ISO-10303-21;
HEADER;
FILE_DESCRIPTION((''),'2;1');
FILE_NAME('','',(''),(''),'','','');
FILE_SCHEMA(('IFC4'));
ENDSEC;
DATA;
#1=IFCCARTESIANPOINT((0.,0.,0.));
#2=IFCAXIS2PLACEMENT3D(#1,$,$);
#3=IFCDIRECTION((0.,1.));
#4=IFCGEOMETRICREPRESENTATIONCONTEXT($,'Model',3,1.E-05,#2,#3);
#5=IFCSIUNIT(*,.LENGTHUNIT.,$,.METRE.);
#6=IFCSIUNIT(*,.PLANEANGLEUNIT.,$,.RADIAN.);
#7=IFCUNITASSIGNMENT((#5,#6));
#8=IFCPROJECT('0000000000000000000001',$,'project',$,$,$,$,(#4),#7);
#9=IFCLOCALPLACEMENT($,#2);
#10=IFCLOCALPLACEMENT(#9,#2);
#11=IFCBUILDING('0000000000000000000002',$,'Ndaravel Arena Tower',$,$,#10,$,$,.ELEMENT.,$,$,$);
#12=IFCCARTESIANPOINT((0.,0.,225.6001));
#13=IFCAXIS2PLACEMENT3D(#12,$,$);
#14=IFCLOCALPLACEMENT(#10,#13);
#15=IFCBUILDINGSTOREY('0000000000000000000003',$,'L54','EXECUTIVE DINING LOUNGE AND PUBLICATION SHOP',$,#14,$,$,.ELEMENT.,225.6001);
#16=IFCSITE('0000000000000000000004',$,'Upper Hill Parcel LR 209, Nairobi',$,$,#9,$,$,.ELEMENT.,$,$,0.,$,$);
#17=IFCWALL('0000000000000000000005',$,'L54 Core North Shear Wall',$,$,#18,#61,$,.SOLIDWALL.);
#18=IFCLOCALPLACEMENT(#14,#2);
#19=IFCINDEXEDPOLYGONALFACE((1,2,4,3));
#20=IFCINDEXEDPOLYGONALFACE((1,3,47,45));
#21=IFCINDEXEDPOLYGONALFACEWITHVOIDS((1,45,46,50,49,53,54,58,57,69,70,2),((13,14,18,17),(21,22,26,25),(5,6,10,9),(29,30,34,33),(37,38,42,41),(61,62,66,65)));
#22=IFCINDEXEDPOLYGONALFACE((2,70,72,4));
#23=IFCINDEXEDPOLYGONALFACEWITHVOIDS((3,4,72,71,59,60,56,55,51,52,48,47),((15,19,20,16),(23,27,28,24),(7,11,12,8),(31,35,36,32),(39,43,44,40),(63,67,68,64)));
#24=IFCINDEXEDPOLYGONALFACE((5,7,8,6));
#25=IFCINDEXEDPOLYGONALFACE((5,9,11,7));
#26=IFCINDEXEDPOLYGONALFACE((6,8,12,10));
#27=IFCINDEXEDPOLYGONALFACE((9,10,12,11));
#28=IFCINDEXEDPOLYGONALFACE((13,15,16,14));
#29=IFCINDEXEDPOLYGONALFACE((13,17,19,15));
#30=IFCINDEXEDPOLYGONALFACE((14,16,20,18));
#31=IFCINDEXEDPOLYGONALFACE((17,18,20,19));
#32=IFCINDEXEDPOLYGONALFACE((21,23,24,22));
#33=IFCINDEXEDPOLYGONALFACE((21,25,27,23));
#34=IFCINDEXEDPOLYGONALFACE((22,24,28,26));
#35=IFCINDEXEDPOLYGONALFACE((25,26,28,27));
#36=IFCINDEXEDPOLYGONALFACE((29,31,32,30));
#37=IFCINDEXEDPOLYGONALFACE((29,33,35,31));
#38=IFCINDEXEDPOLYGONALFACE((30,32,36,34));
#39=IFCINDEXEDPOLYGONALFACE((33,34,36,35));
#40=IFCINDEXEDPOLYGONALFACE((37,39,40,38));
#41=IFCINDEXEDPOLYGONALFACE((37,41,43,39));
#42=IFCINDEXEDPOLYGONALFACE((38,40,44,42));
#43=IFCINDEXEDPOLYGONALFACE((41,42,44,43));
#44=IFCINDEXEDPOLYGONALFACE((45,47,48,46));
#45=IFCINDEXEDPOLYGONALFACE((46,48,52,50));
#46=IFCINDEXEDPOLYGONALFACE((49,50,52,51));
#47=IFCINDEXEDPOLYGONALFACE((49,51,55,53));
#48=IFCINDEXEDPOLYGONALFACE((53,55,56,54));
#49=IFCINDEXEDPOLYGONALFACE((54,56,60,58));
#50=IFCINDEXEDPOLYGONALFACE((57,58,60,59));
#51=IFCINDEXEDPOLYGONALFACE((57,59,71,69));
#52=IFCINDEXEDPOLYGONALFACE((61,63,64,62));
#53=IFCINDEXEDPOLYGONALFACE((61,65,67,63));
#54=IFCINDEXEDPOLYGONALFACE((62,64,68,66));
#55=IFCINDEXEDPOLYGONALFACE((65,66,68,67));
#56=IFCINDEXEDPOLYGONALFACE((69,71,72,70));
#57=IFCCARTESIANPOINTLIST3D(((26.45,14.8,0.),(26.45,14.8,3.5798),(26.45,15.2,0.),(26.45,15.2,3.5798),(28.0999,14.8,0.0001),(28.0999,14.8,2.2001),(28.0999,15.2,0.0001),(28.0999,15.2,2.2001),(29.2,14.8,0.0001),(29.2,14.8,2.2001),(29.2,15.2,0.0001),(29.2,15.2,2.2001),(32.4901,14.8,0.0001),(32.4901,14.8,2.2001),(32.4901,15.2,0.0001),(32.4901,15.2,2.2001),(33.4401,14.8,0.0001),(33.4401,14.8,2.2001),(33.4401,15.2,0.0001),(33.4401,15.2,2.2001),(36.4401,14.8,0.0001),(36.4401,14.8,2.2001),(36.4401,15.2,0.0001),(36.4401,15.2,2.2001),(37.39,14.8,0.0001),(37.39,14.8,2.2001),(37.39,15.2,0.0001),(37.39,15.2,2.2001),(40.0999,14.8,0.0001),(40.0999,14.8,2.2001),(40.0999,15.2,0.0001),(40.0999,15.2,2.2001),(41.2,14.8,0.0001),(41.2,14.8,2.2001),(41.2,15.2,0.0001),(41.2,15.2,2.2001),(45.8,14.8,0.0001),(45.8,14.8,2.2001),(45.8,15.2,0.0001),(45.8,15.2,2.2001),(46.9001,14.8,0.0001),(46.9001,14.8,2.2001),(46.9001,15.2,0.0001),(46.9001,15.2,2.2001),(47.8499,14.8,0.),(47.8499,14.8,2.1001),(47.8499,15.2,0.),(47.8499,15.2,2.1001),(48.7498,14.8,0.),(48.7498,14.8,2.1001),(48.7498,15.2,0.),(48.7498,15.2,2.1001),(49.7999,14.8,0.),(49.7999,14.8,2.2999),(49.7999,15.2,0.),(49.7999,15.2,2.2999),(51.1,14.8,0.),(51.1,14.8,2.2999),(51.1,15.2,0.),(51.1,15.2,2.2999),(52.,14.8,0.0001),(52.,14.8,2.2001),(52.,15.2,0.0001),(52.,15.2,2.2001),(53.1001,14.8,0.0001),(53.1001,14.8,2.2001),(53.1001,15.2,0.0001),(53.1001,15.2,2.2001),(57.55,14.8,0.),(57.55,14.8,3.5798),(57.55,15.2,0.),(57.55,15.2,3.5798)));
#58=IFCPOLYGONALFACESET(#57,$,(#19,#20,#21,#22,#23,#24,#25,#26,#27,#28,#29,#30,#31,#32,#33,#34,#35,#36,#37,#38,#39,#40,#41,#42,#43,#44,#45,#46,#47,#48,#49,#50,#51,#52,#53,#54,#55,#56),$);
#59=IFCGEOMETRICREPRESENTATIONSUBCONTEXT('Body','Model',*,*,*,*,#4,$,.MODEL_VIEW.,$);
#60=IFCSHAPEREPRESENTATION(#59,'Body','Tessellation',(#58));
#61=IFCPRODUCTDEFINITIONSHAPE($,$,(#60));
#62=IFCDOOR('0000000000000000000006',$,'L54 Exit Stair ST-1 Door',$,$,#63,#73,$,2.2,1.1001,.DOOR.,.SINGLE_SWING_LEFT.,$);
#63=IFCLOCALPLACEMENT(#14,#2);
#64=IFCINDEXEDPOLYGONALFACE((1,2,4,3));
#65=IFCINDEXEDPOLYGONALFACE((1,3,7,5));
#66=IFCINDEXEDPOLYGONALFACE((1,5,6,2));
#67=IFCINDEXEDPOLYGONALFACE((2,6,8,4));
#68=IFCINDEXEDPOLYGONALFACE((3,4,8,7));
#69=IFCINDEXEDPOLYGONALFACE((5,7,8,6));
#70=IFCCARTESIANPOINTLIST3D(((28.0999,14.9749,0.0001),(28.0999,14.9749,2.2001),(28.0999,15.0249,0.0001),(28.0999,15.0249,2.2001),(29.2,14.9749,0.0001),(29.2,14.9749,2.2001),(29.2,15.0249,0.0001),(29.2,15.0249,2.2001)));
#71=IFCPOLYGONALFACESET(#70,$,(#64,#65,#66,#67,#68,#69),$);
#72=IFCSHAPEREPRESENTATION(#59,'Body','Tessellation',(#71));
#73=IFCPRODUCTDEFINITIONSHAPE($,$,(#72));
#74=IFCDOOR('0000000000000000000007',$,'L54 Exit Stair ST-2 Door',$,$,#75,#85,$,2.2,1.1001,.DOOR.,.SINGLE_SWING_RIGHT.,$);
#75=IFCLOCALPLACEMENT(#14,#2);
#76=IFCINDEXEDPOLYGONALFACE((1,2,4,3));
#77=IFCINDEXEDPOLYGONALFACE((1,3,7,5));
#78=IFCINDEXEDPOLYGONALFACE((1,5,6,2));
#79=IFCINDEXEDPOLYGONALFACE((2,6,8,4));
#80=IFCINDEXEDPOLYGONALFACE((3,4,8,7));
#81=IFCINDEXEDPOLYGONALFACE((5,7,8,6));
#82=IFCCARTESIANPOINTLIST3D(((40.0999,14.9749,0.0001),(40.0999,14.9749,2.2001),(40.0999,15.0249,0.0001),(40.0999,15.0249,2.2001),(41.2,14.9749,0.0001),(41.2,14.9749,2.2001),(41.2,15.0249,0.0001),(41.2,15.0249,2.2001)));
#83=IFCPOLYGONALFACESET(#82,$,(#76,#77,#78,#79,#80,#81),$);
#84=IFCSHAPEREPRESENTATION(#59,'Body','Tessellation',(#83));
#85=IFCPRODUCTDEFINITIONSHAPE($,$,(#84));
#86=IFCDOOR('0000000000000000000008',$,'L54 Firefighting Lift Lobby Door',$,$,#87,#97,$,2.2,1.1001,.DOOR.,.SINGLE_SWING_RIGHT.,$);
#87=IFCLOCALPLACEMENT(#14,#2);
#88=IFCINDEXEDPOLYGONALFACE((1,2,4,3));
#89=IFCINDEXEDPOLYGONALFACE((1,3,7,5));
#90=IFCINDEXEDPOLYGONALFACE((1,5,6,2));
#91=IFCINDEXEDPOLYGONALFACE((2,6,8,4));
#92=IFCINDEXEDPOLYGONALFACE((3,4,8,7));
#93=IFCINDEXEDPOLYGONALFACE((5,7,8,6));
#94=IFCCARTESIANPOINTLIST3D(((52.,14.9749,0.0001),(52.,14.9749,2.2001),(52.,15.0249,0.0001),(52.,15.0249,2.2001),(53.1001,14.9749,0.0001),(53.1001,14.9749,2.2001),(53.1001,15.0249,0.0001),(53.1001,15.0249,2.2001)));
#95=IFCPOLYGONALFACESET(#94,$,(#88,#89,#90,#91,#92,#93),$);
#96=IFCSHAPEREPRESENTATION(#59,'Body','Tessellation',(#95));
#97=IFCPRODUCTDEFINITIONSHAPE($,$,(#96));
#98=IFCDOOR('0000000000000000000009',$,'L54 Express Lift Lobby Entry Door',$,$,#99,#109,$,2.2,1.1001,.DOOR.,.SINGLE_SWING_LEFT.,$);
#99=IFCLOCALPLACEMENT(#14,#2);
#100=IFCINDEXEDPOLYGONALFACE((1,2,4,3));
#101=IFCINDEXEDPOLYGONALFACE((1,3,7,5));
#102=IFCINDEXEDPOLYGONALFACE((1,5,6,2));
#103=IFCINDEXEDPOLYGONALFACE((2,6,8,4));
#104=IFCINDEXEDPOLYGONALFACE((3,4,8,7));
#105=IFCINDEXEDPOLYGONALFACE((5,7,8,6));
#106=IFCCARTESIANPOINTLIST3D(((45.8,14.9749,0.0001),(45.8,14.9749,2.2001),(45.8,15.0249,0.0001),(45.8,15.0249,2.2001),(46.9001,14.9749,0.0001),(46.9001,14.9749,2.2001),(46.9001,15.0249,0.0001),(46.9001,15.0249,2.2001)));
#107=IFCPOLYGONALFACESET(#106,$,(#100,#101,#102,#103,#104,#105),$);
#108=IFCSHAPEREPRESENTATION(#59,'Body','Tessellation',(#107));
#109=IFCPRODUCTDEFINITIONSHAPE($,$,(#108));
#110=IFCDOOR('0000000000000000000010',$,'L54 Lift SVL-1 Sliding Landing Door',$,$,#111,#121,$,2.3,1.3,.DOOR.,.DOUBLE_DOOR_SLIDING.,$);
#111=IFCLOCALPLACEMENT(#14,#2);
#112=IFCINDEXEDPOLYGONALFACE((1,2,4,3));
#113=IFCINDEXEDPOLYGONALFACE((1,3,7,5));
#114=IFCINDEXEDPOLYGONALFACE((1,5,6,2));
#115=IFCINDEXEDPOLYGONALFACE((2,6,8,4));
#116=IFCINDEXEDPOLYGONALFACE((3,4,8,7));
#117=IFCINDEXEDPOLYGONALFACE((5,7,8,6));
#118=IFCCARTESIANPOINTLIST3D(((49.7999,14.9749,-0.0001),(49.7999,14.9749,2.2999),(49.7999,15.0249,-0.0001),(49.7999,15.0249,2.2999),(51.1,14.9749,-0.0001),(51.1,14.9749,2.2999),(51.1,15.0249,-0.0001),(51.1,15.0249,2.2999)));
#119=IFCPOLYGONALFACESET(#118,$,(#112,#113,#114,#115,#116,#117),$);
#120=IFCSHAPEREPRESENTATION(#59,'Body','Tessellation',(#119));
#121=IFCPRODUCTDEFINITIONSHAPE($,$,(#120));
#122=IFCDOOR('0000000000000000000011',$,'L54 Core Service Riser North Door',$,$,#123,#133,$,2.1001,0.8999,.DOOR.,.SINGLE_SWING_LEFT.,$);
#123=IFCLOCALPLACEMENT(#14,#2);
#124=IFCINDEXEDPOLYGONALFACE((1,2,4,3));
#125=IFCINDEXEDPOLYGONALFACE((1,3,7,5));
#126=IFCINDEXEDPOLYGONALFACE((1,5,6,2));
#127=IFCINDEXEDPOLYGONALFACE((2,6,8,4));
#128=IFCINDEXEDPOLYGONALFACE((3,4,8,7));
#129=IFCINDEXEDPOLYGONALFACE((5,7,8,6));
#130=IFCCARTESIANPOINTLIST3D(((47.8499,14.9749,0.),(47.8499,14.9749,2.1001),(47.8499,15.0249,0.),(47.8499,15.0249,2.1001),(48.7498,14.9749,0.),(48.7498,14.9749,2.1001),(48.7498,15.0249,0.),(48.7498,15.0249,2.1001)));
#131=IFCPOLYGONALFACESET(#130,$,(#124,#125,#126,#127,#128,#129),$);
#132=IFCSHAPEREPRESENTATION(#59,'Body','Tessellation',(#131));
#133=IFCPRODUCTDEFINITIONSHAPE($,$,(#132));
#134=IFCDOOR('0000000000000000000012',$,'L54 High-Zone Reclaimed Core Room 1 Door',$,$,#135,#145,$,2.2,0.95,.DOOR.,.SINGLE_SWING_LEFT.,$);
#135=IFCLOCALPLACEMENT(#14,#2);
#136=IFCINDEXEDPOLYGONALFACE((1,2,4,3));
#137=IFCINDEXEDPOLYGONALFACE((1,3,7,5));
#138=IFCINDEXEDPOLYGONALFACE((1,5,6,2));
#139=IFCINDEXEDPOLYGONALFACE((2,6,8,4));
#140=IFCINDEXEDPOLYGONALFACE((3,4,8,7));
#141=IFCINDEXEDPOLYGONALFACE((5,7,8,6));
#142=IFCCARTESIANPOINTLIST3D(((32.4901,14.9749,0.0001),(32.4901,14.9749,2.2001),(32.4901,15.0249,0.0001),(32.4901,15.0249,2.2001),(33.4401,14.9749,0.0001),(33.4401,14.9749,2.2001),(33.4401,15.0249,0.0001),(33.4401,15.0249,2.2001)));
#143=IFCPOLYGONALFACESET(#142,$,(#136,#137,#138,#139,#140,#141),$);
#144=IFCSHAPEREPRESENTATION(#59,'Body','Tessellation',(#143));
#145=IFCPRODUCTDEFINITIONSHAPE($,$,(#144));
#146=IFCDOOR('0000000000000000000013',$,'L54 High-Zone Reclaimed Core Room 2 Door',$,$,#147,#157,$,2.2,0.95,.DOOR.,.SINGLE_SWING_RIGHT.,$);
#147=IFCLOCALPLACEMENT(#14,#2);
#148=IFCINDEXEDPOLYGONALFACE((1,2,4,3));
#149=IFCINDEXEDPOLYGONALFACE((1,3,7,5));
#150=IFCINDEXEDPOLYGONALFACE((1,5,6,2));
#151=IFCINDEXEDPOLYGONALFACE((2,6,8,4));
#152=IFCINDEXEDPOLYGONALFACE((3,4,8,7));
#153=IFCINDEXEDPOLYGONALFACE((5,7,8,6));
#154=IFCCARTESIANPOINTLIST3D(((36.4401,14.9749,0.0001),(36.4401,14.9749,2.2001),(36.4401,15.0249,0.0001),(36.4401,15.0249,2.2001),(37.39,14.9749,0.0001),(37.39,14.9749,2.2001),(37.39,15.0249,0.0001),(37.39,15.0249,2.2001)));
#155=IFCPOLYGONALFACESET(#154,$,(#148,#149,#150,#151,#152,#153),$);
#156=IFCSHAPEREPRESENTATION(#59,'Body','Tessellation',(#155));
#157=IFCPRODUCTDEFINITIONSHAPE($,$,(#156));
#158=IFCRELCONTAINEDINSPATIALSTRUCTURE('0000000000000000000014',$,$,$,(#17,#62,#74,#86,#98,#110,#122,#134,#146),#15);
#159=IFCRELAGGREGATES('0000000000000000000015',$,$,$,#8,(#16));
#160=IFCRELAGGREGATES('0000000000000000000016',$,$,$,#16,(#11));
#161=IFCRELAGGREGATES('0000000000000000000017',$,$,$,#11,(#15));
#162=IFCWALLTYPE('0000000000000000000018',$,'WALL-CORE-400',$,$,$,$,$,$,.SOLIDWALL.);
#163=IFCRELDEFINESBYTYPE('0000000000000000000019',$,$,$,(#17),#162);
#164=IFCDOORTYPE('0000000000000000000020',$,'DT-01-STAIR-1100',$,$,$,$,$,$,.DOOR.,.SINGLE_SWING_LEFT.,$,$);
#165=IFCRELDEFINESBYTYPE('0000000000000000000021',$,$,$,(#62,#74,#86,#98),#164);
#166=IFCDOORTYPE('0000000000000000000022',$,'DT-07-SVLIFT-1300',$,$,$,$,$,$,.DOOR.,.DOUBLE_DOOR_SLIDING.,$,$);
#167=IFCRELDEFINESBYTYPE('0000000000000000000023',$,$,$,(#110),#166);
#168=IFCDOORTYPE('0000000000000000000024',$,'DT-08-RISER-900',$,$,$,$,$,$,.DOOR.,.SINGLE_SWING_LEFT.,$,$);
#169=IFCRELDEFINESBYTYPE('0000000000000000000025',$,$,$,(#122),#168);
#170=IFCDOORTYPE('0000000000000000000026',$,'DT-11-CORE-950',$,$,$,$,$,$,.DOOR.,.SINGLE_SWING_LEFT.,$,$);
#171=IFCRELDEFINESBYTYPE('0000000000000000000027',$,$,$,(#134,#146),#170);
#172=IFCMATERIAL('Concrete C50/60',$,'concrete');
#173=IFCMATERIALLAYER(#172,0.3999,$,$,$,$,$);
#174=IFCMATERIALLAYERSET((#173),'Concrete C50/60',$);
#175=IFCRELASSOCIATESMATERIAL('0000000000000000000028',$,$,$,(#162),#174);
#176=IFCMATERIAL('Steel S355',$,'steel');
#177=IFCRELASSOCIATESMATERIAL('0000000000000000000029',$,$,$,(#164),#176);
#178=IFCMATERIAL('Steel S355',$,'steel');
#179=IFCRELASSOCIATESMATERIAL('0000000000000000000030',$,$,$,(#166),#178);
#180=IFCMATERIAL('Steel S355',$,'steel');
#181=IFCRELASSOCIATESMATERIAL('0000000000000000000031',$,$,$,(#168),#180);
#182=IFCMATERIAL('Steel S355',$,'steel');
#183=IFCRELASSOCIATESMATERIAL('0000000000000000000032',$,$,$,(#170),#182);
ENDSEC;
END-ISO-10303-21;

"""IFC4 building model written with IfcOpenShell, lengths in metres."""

from ifc_helpers import new_model, si_unit, direction, frame, frame_2d, origin, place, context, subcontext, project, spatial, rectangle, extrude, material, layer, layer_set, type_object, element, fill, save


model = new_model("IFC4")

# Units and contexts
model_context = context("Model", 3, precision=1e-05, world=origin(), true_north=direction((0.0, 1.0)))
body_context = subcontext(model_context, "Body", "Model", "MODEL_VIEW")
ifc_project = project(units=[si_unit("LENGTHUNIT", "METRE"), si_unit("PLANEANGLEUNIT", "RADIAN")], contexts=[model_context])

# Site, building, storey
site_placement = place(None, origin())
site = spatial("IfcSite", under=ifc_project, at=site_placement, Name="Upper Hill Parcel LR 209, Nairobi", CompositionType="ELEMENT", RefElevation=0.0)
building_placement = place(site_placement, origin())
building = spatial("IfcBuilding", under=site, at=building_placement, Name="Ndaravel Arena Tower", CompositionType="ELEMENT")
storey_placement = place(building_placement, frame((0.0, 0.0, 225.6001)))
storey = spatial("IfcBuildingStorey", under=building, at=storey_placement, Name="L54", Description="EXECUTIVE DINING LOUNGE AND PUBLICATION SHOP", CompositionType="ELEMENT", Elevation=225.6001)

# Wall, openings, doors
ifc_material_1 = material(Name="Concrete C50/60", Category="concrete")
ifc_layer_1 = layer(ifc_material_1, 0.3999)
ifc_layer_set_1 = layer_set([ifc_layer_1], Name="Concrete C50/60")
wall_type_1 = type_object("IfcWallType", Name="WALL-CORE-400", PredefinedType="SOLIDWALL", material=ifc_layer_set_1)
wall_1_placement = place(storey_placement, frame((26.45, 15.0, 0.0), z_axis=(0.0, 0.0, 1.0), x_axis=(1.0, 0.0, 0.0)))
wall_1 = element("IfcWall", 1, at=wall_1_placement, inside=storey, type_object=wall_type_1, Name="L54 Core North Shear Wall", PredefinedType="SOLIDWALL", context=body_context, shape_type="SweptSolid", body=[
    extrude(rectangle(XDim=31.1001, YDim=0.3999, at=frame_2d((15.55, 0.0))), origin(), (0.0, 0.0, 1.0), 3.5798),
])
opening_1_placement = place(wall_1_placement, frame((1.6499, 0.0, 0.0)))
opening_1 = element("IfcOpeningElement", 2, at=opening_1_placement, cuts=wall_1, PredefinedType="OPENING", context=body_context, shape_type="SweptSolid", body=[
    extrude(rectangle(XDim=1.1001, YDim=2.2, at=frame_2d((0.55, 1.1001))), frame((0.0, 0.2, 0.0), z_axis=(0.0, -1.0, 0.0), x_axis=(1.0, 0.0, 0.0)), (0.0, 0.0, 1.0), 0.3999),
])
opening_2_placement = place(wall_1_placement, frame((13.6499, 0.0, 0.0)))
opening_2 = element("IfcOpeningElement", 3, at=opening_2_placement, cuts=wall_1, PredefinedType="OPENING", context=body_context, shape_type="SweptSolid", body=[
    extrude(rectangle(XDim=1.1001, YDim=2.2, at=frame_2d((0.55, 1.1001))), frame((0.0, 0.2, 0.0), z_axis=(0.0, -1.0, 0.0), x_axis=(1.0, 0.0, 0.0)), (0.0, 0.0, 1.0), 0.3999),
])
opening_3_placement = place(wall_1_placement, frame((25.55, 0.0, 0.0)))
opening_3 = element("IfcOpeningElement", 4, at=opening_3_placement, cuts=wall_1, PredefinedType="OPENING", context=body_context, shape_type="SweptSolid", body=[
    extrude(rectangle(XDim=1.1001, YDim=2.2, at=frame_2d((0.55, 1.1001))), frame((0.0, 0.2, 0.0), z_axis=(0.0, -1.0, 0.0), x_axis=(1.0, 0.0, 0.0)), (0.0, 0.0, 1.0), 0.3999),
])
opening_4_placement = place(wall_1_placement, frame((19.3501, 0.0, 0.0)))
opening_4 = element("IfcOpeningElement", 5, at=opening_4_placement, cuts=wall_1, PredefinedType="OPENING", context=body_context, shape_type="SweptSolid", body=[
    extrude(rectangle(XDim=1.1001, YDim=2.2, at=frame_2d((0.55, 1.1001))), frame((0.0, 0.2, 0.0), z_axis=(0.0, -1.0, 0.0), x_axis=(1.0, 0.0, 0.0)), (0.0, 0.0, 1.0), 0.3999),
])
opening_5_placement = place(wall_1_placement, frame((21.3999, 0.0, 0.0)))
opening_5 = element("IfcOpeningElement", 6, at=opening_5_placement, cuts=wall_1, PredefinedType="OPENING", context=body_context, shape_type="SweptSolid", body=[
    extrude(rectangle(XDim=0.8999, YDim=2.1001, at=frame_2d((0.45, 1.05))), frame((0.0, 0.2, 0.0), z_axis=(0.0, -1.0, 0.0), x_axis=(1.0, 0.0, 0.0)), (0.0, 0.0, 1.0), 0.3999),
])
opening_6_placement = place(wall_1_placement, frame((6.04, 0.0, 0.0)))
opening_6 = element("IfcOpeningElement", 7, at=opening_6_placement, cuts=wall_1, PredefinedType="OPENING", context=body_context, shape_type="SweptSolid", body=[
    extrude(rectangle(XDim=0.95, YDim=2.2, at=frame_2d((0.4751, 1.1001))), frame((0.0, 0.2, 0.0), z_axis=(0.0, -1.0, 0.0), x_axis=(1.0, 0.0, 0.0)), (0.0, 0.0, 1.0), 0.3999),
])
opening_7_placement = place(wall_1_placement, frame((9.99, 0.0, 0.0)))
opening_7 = element("IfcOpeningElement", 8, at=opening_7_placement, cuts=wall_1, PredefinedType="OPENING", context=body_context, shape_type="SweptSolid", body=[
    extrude(rectangle(XDim=0.95, YDim=2.2, at=frame_2d((0.4751, 1.1001))), frame((0.0, 0.2, 0.0), z_axis=(0.0, -1.0, 0.0), x_axis=(1.0, 0.0, 0.0)), (0.0, 0.0, 1.0), 0.3999),
])
opening_8_placement = place(wall_1_placement, frame((23.3501, 0.0, 0.0)))
opening_8 = element("IfcOpeningElement", 9, at=opening_8_placement, cuts=wall_1, PredefinedType="OPENING", context=body_context, shape_type="SweptSolid", body=[
    extrude(rectangle(XDim=1.3, YDim=2.3, at=frame_2d((0.6499, 1.1499))), frame((0.0, 0.2, 0.0), z_axis=(0.0, -1.0, 0.0), x_axis=(1.0, 0.0, 0.0)), (0.0, 0.0, 1.0), 0.3999),
])
ifc_material_2 = material(Name="Steel S355", Category="steel")
door_type_1 = type_object("IfcDoorType", Name="DT-01-STAIR-1100", OperationType="SINGLE_SWING_LEFT", PredefinedType="DOOR", material=ifc_material_2)
door_1_placement = place(opening_1_placement, origin())
door_1 = element("IfcDoor", 10, at=door_1_placement, inside=storey, type_object=door_type_1, Name="L54 Exit Stair ST-1 Door", OperationType="SINGLE_SWING_LEFT", OverallHeight=2.2, OverallWidth=1.1001, PredefinedType="DOOR", context=body_context, shape_type="SweptSolid", body=[
    extrude(rectangle(XDim=1.1001, YDim=2.2, at=frame_2d((0.55, 1.1001))), frame((0.0, 0.0249, 0.0), z_axis=(0.0, -1.0, 0.0), x_axis=(1.0, 0.0, 0.0)), (0.0, 0.0, 1.0), 0.05),
])
fill(opening_1, door_1)
door_2_placement = place(opening_2_placement, origin())
door_2 = element("IfcDoor", 11, at=door_2_placement, inside=storey, type_object=door_type_1, Name="L54 Exit Stair ST-2 Door", OperationType="SINGLE_SWING_RIGHT", OverallHeight=2.2, OverallWidth=1.1001, PredefinedType="DOOR", context=body_context, shape_type="SweptSolid", body=[
    extrude(rectangle(XDim=1.1001, YDim=2.2, at=frame_2d((0.55, 1.1001))), frame((0.0, 0.0249, 0.0), z_axis=(0.0, -1.0, 0.0), x_axis=(1.0, 0.0, 0.0)), (0.0, 0.0, 1.0), 0.05),
])
fill(opening_2, door_2)
door_3_placement = place(opening_3_placement, origin())
door_3 = element("IfcDoor", 12, at=door_3_placement, inside=storey, type_object=door_type_1, Name="L54 Firefighting Lift Lobby Door", OperationType="SINGLE_SWING_RIGHT", OverallHeight=2.2, OverallWidth=1.1001, PredefinedType="DOOR", context=body_context, shape_type="SweptSolid", body=[
    extrude(rectangle(XDim=1.1001, YDim=2.2, at=frame_2d((0.55, 1.1001))), frame((0.0, 0.0249, 0.0), z_axis=(0.0, -1.0, 0.0), x_axis=(1.0, 0.0, 0.0)), (0.0, 0.0, 1.0), 0.05),
])
fill(opening_3, door_3)
door_4_placement = place(opening_4_placement, origin())
door_4 = element("IfcDoor", 13, at=door_4_placement, inside=storey, type_object=door_type_1, Name="L54 Express Lift Lobby Entry Door", OperationType="SINGLE_SWING_LEFT", OverallHeight=2.2, OverallWidth=1.1001, PredefinedType="DOOR", context=body_context, shape_type="SweptSolid", body=[
    extrude(rectangle(XDim=1.1001, YDim=2.2, at=frame_2d((0.55, 1.1001))), frame((0.0, 0.0249, 0.0), z_axis=(0.0, -1.0, 0.0), x_axis=(1.0, 0.0, 0.0)), (0.0, 0.0, 1.0), 0.05),
])
fill(opening_4, door_4)
ifc_material_3 = material(Name="Steel S355", Category="steel")
door_type_2 = type_object("IfcDoorType", Name="DT-07-SVLIFT-1300", OperationType="DOUBLE_DOOR_SLIDING", PredefinedType="DOOR", material=ifc_material_3)
door_5_placement = place(opening_8_placement, origin())
door_5 = element("IfcDoor", 14, at=door_5_placement, inside=storey, type_object=door_type_2, Name="L54 Lift SVL-1 Sliding Landing Door", OperationType="DOUBLE_DOOR_SLIDING", OverallHeight=2.3, OverallWidth=1.3, PredefinedType="DOOR", context=body_context, shape_type="SweptSolid", body=[
    extrude(rectangle(XDim=1.3, YDim=2.3, at=frame_2d((0.6499, 1.1499))), frame((0.0, 0.0249, 0.0), z_axis=(0.0, -1.0, 0.0), x_axis=(1.0, 0.0, 0.0)), (0.0, 0.0, 1.0), 0.05),
])
fill(opening_8, door_5)
ifc_material_4 = material(Name="Steel S355", Category="steel")
door_type_3 = type_object("IfcDoorType", Name="DT-08-RISER-900", OperationType="SINGLE_SWING_LEFT", PredefinedType="DOOR", material=ifc_material_4)
door_6_placement = place(opening_5_placement, origin())
door_6 = element("IfcDoor", 15, at=door_6_placement, inside=storey, type_object=door_type_3, Name="L54 Core Service Riser North Door", OperationType="SINGLE_SWING_LEFT", OverallHeight=2.1001, OverallWidth=0.8999, PredefinedType="DOOR", context=body_context, shape_type="SweptSolid", body=[
    extrude(rectangle(XDim=0.8999, YDim=2.1001, at=frame_2d((0.45, 1.05))), frame((0.0, 0.0249, 0.0), z_axis=(0.0, -1.0, 0.0), x_axis=(1.0, 0.0, 0.0)), (0.0, 0.0, 1.0), 0.05),
])
fill(opening_5, door_6)
ifc_material_5 = material(Name="Steel S355", Category="steel")
door_type_4 = type_object("IfcDoorType", Name="DT-11-CORE-950", OperationType="SINGLE_SWING_LEFT", PredefinedType="DOOR", material=ifc_material_5)
door_7_placement = place(opening_6_placement, origin())
door_7 = element("IfcDoor", 16, at=door_7_placement, inside=storey, type_object=door_type_4, Name="L54 High-Zone Reclaimed Core Room 1 Door", OperationType="SINGLE_SWING_LEFT", OverallHeight=2.2, OverallWidth=0.95, PredefinedType="DOOR", context=body_context, shape_type="SweptSolid", body=[
    extrude(rectangle(XDim=0.95, YDim=2.2, at=frame_2d((0.4751, 1.1001))), frame((0.0, 0.0249, 0.0), z_axis=(0.0, -1.0, 0.0), x_axis=(1.0, 0.0, 0.0)), (0.0, 0.0, 1.0), 0.05),
])
fill(opening_6, door_7)
door_8_placement = place(opening_7_placement, origin())
door_8 = element("IfcDoor", 17, at=door_8_placement, inside=storey, type_object=door_type_4, Name="L54 High-Zone Reclaimed Core Room 2 Door", OperationType="SINGLE_SWING_RIGHT", OverallHeight=2.2, OverallWidth=0.95, PredefinedType="DOOR", context=body_context, shape_type="SweptSolid", body=[
    extrude(rectangle(XDim=0.95, YDim=2.2, at=frame_2d((0.4751, 1.1001))), frame((0.0, 0.0249, 0.0), z_axis=(0.0, -1.0, 0.0), x_axis=(1.0, 0.0, 0.0)), (0.0, 0.0, 1.0), 0.05),
])
fill(opening_7, door_8)

save(model, "model.ifc")
